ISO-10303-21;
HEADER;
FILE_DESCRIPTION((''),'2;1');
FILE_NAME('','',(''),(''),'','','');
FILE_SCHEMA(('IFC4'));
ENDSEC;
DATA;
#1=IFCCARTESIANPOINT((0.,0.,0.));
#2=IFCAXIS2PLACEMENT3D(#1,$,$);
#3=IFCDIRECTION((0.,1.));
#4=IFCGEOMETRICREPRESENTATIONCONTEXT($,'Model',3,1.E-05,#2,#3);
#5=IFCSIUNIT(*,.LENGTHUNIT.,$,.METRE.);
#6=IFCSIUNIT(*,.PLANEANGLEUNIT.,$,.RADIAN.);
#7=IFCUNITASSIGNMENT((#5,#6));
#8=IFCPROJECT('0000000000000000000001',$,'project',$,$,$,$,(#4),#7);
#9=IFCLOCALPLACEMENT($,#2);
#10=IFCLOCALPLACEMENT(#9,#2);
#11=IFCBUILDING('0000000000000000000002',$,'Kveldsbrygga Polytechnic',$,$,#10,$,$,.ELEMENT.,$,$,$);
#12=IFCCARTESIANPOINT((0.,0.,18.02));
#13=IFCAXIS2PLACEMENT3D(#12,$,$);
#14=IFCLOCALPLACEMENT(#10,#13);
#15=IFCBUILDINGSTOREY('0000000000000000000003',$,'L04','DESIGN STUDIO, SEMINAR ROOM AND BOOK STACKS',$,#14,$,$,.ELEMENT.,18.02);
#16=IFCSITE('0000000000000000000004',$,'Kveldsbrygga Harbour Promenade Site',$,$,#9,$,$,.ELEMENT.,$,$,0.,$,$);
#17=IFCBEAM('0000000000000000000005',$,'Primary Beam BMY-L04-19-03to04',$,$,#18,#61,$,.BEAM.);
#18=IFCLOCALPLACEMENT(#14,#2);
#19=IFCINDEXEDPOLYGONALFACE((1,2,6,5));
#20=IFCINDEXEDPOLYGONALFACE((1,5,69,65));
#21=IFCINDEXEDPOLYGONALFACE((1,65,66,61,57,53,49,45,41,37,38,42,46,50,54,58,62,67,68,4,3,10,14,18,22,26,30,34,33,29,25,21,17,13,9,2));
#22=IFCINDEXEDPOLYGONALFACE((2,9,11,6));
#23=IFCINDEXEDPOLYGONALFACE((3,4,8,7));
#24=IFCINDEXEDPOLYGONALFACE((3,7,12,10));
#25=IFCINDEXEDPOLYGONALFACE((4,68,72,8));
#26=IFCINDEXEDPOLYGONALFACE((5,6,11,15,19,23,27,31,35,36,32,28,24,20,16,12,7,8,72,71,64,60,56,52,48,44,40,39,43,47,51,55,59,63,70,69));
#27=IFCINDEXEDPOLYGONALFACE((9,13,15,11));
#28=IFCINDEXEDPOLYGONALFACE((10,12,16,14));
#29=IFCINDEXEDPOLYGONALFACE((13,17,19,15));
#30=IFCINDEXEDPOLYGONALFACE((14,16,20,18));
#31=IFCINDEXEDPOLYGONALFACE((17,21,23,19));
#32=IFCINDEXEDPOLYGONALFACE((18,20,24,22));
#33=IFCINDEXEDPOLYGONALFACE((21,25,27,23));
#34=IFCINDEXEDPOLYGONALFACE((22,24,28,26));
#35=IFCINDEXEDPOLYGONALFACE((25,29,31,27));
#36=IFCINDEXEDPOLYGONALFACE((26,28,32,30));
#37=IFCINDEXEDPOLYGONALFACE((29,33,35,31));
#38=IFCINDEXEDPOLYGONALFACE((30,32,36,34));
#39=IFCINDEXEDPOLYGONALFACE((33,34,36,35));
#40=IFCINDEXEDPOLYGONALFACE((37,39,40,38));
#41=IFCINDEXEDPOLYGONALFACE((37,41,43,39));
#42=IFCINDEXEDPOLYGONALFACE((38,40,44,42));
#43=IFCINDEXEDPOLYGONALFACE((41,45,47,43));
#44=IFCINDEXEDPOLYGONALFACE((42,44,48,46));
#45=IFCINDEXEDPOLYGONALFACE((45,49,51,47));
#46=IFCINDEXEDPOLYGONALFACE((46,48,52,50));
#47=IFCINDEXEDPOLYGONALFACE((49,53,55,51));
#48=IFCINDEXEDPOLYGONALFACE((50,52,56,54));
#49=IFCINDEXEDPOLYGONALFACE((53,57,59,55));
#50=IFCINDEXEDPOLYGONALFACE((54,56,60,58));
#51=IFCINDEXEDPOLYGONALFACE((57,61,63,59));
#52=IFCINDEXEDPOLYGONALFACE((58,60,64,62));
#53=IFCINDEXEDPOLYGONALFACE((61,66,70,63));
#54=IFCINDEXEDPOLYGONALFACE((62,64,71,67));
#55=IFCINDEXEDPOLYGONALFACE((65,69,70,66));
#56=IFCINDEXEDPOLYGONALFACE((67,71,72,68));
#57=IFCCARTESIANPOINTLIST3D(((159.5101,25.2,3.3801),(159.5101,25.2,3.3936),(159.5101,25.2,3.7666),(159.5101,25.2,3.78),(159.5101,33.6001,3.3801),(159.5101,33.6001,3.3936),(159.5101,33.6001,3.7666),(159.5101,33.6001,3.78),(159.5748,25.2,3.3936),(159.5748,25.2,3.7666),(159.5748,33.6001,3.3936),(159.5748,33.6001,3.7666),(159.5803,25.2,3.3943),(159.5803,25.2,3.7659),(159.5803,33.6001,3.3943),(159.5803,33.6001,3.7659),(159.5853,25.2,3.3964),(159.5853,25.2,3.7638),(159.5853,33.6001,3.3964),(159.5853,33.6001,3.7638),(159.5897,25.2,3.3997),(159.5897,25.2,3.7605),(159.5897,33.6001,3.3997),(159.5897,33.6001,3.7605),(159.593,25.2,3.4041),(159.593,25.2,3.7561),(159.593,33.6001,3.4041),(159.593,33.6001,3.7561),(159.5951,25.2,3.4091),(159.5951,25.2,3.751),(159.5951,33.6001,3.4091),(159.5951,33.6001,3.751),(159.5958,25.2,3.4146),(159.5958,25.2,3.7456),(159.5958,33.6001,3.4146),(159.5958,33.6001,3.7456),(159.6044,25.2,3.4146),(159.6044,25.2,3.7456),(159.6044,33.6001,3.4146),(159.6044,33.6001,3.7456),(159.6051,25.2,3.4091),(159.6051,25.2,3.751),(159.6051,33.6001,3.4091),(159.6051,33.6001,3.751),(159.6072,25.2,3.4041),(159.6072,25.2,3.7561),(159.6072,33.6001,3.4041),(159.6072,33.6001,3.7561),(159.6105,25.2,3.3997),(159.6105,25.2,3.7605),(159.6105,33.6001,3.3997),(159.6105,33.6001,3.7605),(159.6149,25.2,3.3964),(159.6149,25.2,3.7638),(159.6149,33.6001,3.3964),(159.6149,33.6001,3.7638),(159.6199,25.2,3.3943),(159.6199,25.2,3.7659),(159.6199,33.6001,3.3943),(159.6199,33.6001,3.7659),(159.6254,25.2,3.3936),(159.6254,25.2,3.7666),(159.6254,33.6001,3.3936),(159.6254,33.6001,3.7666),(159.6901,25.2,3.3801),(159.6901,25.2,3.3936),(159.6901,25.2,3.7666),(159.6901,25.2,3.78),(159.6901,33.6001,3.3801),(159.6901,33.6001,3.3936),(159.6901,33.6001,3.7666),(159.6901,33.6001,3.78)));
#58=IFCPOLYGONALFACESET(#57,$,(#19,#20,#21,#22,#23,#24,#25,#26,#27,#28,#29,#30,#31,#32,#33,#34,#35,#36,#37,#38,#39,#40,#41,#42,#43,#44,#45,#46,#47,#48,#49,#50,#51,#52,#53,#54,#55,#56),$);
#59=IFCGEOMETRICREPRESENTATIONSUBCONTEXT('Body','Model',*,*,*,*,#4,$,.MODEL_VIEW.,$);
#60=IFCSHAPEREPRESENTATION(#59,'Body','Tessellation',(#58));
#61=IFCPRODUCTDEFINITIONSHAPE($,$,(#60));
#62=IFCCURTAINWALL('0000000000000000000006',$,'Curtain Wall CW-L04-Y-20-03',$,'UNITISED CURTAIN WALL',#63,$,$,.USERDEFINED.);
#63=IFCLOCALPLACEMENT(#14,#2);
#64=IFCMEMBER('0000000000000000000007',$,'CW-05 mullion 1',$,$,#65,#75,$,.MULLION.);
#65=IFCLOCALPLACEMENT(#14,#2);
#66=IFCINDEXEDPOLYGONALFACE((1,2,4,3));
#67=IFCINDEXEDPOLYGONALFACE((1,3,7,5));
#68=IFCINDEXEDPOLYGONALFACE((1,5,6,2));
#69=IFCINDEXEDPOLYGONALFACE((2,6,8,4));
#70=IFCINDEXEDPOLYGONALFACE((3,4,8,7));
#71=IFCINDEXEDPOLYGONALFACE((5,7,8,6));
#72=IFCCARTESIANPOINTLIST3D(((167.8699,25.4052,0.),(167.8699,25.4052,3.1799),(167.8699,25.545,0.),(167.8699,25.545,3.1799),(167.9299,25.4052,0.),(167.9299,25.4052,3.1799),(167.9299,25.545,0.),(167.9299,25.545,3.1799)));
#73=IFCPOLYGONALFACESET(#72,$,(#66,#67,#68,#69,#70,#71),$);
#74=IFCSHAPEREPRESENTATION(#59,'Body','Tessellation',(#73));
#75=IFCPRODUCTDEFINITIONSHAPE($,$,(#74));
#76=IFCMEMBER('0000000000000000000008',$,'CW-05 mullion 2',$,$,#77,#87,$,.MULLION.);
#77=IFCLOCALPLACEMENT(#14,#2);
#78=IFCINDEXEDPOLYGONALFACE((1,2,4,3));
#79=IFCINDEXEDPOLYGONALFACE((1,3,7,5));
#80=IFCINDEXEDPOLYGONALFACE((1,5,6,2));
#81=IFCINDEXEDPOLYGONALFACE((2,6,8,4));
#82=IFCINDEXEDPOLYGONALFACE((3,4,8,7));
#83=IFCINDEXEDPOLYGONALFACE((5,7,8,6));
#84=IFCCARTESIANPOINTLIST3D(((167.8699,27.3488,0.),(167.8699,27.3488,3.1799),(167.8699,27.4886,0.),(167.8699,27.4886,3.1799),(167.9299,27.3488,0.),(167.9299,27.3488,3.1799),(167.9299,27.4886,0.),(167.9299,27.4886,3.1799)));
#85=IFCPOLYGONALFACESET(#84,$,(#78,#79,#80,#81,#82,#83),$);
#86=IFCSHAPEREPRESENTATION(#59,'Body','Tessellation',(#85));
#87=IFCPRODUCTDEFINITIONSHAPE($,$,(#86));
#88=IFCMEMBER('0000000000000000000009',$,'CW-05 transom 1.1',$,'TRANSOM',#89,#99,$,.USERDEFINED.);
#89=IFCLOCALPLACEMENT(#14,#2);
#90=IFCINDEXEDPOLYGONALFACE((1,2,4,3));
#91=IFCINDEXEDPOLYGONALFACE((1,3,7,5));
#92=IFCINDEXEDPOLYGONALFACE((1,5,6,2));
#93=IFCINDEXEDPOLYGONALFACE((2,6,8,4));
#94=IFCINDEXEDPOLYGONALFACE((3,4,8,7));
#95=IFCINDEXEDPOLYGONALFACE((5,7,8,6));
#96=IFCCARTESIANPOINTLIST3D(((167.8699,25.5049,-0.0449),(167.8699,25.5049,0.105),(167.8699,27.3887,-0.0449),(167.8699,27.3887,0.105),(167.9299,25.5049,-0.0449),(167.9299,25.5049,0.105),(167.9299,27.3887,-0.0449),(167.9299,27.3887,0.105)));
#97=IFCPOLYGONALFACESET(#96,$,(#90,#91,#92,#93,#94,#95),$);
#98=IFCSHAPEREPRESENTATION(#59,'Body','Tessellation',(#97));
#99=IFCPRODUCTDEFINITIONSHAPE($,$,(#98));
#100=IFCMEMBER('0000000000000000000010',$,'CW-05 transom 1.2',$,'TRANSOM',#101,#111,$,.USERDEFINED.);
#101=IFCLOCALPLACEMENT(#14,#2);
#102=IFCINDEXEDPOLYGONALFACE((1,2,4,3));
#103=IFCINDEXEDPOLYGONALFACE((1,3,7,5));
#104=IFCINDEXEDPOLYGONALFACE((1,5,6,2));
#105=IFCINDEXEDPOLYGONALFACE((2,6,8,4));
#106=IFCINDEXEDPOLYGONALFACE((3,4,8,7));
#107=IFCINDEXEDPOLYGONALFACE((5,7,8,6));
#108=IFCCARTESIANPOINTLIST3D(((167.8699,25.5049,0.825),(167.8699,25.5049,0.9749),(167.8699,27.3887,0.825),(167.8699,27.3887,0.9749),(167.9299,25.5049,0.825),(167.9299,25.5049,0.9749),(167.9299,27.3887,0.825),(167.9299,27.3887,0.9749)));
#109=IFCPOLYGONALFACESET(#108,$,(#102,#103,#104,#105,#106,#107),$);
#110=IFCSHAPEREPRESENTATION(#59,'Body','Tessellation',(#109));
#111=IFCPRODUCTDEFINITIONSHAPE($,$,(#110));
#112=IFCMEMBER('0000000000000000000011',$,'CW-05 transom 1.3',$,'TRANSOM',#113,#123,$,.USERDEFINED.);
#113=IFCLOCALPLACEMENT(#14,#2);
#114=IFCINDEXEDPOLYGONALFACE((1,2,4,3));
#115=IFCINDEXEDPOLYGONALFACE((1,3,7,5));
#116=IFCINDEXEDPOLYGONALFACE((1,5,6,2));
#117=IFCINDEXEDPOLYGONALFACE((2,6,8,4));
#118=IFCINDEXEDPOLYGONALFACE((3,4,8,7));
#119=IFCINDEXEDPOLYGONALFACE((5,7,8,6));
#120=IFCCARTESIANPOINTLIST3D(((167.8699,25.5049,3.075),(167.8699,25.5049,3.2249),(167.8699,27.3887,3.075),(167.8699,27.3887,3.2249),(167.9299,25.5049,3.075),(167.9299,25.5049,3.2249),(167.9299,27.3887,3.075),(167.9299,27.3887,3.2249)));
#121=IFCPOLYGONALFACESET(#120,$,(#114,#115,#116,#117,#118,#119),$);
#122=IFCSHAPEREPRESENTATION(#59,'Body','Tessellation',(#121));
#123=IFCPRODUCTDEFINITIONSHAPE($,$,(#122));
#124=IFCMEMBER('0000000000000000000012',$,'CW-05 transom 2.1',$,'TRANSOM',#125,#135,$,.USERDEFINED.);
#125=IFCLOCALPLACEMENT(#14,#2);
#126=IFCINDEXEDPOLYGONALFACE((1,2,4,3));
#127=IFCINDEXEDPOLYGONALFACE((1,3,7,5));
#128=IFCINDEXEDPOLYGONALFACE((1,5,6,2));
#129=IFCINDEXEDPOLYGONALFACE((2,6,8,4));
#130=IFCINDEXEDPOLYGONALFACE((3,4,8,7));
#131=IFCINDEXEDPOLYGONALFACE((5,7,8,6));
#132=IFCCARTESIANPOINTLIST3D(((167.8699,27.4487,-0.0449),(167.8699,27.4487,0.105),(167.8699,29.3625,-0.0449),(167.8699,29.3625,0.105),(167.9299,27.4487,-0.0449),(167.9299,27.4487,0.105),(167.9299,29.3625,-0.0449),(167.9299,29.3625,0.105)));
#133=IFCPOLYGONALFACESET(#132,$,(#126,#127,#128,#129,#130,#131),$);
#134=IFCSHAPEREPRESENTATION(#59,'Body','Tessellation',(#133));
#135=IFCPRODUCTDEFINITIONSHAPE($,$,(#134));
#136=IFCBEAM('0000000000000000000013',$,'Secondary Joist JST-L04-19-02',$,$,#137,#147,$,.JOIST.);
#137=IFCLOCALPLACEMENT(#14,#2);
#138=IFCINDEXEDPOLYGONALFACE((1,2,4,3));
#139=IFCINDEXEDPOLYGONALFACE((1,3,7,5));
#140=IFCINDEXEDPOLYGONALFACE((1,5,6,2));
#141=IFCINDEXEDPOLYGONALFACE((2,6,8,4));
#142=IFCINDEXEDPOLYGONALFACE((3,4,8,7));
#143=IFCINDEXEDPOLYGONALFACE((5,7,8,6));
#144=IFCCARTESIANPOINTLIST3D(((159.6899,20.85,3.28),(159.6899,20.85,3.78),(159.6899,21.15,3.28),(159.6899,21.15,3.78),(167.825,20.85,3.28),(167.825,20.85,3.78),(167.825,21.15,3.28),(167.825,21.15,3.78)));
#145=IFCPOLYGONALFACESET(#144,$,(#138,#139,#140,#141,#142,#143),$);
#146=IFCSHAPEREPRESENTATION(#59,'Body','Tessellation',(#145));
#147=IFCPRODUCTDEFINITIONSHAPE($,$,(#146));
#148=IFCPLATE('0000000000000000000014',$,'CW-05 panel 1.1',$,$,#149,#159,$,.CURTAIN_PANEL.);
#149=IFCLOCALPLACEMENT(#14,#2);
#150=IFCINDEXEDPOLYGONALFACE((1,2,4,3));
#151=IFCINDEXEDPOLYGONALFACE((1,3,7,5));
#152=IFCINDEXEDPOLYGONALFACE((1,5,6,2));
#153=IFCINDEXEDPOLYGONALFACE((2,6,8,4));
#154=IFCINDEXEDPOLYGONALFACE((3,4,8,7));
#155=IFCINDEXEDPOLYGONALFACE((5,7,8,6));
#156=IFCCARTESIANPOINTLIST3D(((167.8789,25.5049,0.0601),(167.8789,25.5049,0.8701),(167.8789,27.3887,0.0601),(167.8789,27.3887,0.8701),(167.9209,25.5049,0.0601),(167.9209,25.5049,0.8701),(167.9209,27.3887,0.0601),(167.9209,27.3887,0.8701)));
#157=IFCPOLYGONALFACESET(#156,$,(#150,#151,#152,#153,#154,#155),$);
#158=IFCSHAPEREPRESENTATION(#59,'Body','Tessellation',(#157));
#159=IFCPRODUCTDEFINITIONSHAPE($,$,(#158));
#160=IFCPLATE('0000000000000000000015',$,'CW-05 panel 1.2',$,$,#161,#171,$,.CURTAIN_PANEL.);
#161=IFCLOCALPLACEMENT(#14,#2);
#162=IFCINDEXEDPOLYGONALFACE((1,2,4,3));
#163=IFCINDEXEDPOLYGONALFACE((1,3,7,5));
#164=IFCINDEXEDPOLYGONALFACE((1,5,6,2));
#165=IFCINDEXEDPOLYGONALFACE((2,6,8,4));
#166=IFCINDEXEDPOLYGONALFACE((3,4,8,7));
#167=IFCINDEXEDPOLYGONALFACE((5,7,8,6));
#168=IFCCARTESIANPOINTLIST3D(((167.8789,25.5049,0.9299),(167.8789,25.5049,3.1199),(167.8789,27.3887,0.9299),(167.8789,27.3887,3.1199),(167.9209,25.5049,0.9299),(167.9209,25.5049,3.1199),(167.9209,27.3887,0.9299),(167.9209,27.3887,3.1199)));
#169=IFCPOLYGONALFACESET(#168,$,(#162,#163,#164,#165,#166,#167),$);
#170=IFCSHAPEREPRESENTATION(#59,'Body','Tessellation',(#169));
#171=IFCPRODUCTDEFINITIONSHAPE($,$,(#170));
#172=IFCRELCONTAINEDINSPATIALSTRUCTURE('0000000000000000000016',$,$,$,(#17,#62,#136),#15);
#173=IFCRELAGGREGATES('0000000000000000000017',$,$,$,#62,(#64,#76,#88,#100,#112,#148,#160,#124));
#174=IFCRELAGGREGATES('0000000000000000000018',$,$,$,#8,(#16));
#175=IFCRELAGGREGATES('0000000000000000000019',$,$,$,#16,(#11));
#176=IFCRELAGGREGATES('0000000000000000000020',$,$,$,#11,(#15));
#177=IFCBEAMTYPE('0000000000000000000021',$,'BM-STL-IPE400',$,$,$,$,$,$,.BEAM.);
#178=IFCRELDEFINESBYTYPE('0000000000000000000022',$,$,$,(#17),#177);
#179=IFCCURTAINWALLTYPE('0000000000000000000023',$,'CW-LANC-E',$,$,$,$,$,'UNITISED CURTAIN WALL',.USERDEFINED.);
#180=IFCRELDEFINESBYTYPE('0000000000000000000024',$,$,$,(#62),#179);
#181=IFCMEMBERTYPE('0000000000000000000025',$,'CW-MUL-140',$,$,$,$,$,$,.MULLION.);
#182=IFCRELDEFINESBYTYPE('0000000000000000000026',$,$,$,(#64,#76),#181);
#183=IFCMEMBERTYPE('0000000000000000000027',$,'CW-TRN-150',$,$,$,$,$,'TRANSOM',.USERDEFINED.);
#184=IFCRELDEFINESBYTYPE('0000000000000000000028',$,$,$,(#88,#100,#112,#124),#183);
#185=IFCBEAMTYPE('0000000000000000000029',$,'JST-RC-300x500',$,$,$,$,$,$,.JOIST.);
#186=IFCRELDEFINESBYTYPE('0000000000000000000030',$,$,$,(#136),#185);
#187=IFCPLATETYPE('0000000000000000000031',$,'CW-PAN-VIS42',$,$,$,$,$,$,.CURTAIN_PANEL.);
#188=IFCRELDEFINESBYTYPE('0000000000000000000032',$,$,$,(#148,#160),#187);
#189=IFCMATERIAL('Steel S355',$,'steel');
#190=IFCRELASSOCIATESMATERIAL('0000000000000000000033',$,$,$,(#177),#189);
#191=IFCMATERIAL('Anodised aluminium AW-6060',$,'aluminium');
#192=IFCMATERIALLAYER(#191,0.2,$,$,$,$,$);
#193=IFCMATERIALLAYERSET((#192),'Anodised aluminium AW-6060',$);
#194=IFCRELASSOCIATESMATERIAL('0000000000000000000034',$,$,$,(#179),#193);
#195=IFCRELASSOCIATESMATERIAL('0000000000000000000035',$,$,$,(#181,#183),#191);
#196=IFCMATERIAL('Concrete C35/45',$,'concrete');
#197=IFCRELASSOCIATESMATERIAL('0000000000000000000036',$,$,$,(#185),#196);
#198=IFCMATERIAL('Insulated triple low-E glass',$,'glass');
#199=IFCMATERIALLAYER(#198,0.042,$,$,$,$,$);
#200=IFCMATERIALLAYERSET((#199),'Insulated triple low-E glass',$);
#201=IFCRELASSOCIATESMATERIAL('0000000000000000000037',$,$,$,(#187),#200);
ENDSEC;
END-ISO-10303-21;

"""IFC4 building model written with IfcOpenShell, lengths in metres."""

from ifc_helpers import new_model, si_unit, direction, frame, origin, origin_2d, place, context, subcontext, project, spatial, rectangle, i_section, extrude, material, layer, layer_set, material_profile, profile_set, type_object, element, aggregate, save


model = new_model("IFC4")

# Units and contexts
model_context = context("Model", 3, precision=1e-05, world=origin(), true_north=direction((0.0, 1.0)))
body_context = subcontext(model_context, "Body", "Model", "MODEL_VIEW")
ifc_project = project(units=[si_unit("LENGTHUNIT", "METRE"), si_unit("PLANEANGLEUNIT", "RADIAN")], contexts=[model_context])

# Site, building, storey
site_placement = place(None, origin())
site = spatial("IfcSite", under=ifc_project, at=site_placement, Name="Kveldsbrygga Harbour Promenade Site", CompositionType="ELEMENT", RefElevation=0.0)
building_placement = place(site_placement, origin())
building = spatial("IfcBuilding", under=site, at=building_placement, Name="Kveldsbrygga Polytechnic", CompositionType="ELEMENT")
storey_placement = place(building_placement, frame((0.0, 0.0, 18.02)))
storey = spatial("IfcBuildingStorey", under=building, at=storey_placement, Name="L04", Description="DESIGN STUDIO, SEMINAR ROOM AND BOOK STACKS", CompositionType="ELEMENT", Elevation=18.02)

# Beam
ifc_material_1 = material(Name="Concrete C35/45", Category="concrete")
ifc_material_2 = material(Name="Steel S355", Category="steel")
ifc_material_profile_1 = material_profile(ifc_material_2, i_section(OverallWidth=0.1799, OverallDepth=0.3999, WebThickness=0.0085, FlangeThickness=0.0134, FilletRadius=0.021, at=origin_2d()), Name="IPE 400")
ifc_profile_set_1 = profile_set([ifc_material_profile_1], Name="Steel S355")
beam_type_1 = type_object("IfcBeamType", Name="BM-STL-IPE400", PredefinedType="BEAM", material=ifc_profile_set_1)
beam_1_placement = place(storey_placement, frame((159.6001, 25.2, 3.5801), z_axis=(0.0, 1.0, 0.0), x_axis=(-1.0, 0.0, 0.0)))
element("IfcBeam", 1, at=beam_1_placement, inside=storey, type_object=beam_type_1, Name="Primary Beam BMY-L04-19-03to04", PredefinedType="BEAM", context=body_context, shape_type="SweptSolid", body=[
    extrude(i_section(OverallWidth=0.1799, OverallDepth=0.3999, WebThickness=0.0085, FlangeThickness=0.0134, FilletRadius=0.021, at=origin_2d()), origin(), (0.0, 0.0, 1.0), 8.4001),
])

# Curtain wall, members
ifc_material_3 = material(Name="Anodised aluminium AW-6060", Category="aluminium")
ifc_layer_1 = layer(ifc_material_3, 0.2)
ifc_layer_set_1 = layer_set([ifc_layer_1], Name="Anodised aluminium AW-6060")
curtain_wall_type = type_object("IfcCurtainWallType", Name="CW-LANC-E", ElementType="UNITISED CURTAIN WALL", PredefinedType="USERDEFINED", material=ifc_layer_set_1)
curtain_wall_placement = place(storey_placement, origin())
curtain_wall = element("IfcCurtainWall", 2, at=curtain_wall_placement, inside=storey, type_object=curtain_wall_type, Name="Curtain Wall CW-L04-Y-20-03", ObjectType="UNITISED CURTAIN WALL", PredefinedType="USERDEFINED")
ifc_material_profile_2 = material_profile(ifc_material_3, rectangle(XDim=0.0601, YDim=0.1399, at=origin_2d()), Name="ALU 60x140")
ifc_profile_set_2 = profile_set([ifc_material_profile_2], Name="Anodised aluminium AW-6060")
member_type_1 = type_object("IfcMemberType", Name="CW-MUL-140", PredefinedType="MULLION", material=ifc_profile_set_2)
member_1_placement = place(storey_placement, frame((167.8999, 25.4751, 0.0), z_axis=(0.0, 0.0, 1.0), x_axis=(-1.0, 0.0, 0.0)))
member_1 = element("IfcMember", 3, at=member_1_placement, type_object=member_type_1, Name="CW-05 mullion 1", PredefinedType="MULLION", context=body_context, shape_type="SweptSolid", body=[
    extrude(rectangle(XDim=0.0601, YDim=0.1399, at=origin_2d()), origin(), (0.0, 0.0, 1.0), 3.1799),
])
member_2_placement = place(storey_placement, frame((167.8999, 27.4187, 0.0), z_axis=(0.0, 0.0, 1.0), x_axis=(-1.0, 0.0, 0.0)))
member_2 = element("IfcMember", 4, at=member_2_placement, type_object=member_type_1, Name="CW-05 mullion 2", PredefinedType="MULLION", context=body_context, shape_type="SweptSolid", body=[
    extrude(rectangle(XDim=0.0601, YDim=0.1399, at=origin_2d()), origin(), (0.0, 0.0, 1.0), 3.1799),
])
ifc_material_profile_3 = material_profile(ifc_material_3, rectangle(XDim=0.0601, YDim=0.1499, at=origin_2d()), Name="ALU 60x150")
ifc_profile_set_3 = profile_set([ifc_material_profile_3], Name="Anodised aluminium AW-6060")
member_type_2 = type_object("IfcMemberType", Name="CW-TRN-150", ElementType="TRANSOM", PredefinedType="USERDEFINED", material=ifc_profile_set_3)
member_3_placement = place(storey_placement, frame((167.8999, 25.5049, 0.03), z_axis=(0.0, 1.0, 0.0), x_axis=(-1.0, 0.0, 0.0)))
member_3 = element("IfcMember", 5, at=member_3_placement, type_object=member_type_2, Name="CW-05 transom 1.1", ObjectType="TRANSOM", PredefinedType="USERDEFINED", context=body_context, shape_type="SweptSolid", body=[
    extrude(rectangle(XDim=0.0601, YDim=0.1499, at=origin_2d()), origin(), (0.0, 0.0, 1.0), 1.8838),
])
member_4_placement = place(storey_placement, frame((167.8999, 25.5049, 0.8999), z_axis=(0.0, 1.0, 0.0), x_axis=(-1.0, 0.0, 0.0)))
member_4 = element("IfcMember", 6, at=member_4_placement, type_object=member_type_2, Name="CW-05 transom 1.2", ObjectType="TRANSOM", PredefinedType="USERDEFINED", context=body_context, shape_type="SweptSolid", body=[
    extrude(rectangle(XDim=0.0601, YDim=0.1499, at=origin_2d()), origin(), (0.0, 0.0, 1.0), 1.8838),
])
member_5_placement = place(storey_placement, frame((167.8999, 25.5049, 3.1499), z_axis=(0.0, 1.0, 0.0), x_axis=(-1.0, 0.0, 0.0)))
member_5 = element("IfcMember", 7, at=member_5_placement, type_object=member_type_2, Name="CW-05 transom 1.3", ObjectType="TRANSOM", PredefinedType="USERDEFINED", context=body_context, shape_type="SweptSolid", body=[
    extrude(rectangle(XDim=0.0601, YDim=0.1499, at=origin_2d()), origin(), (0.0, 0.0, 1.0), 1.8838),
])
member_6_placement = place(storey_placement, frame((167.8999, 27.4487, 0.03), z_axis=(0.0, 1.0, 0.0), x_axis=(-1.0, 0.0, 0.0)))
member_6 = element("IfcMember", 8, at=member_6_placement, type_object=member_type_2, Name="CW-05 transom 2.1", ObjectType="TRANSOM", PredefinedType="USERDEFINED", context=body_context, shape_type="SweptSolid", body=[
    extrude(rectangle(XDim=0.0601, YDim=0.1499, at=origin_2d()), origin(), (0.0, 0.0, 1.0), 1.9138),
])

# Beam
ifc_material_profile_4 = material_profile(ifc_material_1, rectangle(XDim=0.3, YDim=0.5, at=origin_2d()), Name="RC 300x500")
ifc_profile_set_4 = profile_set([ifc_material_profile_4], Name="Concrete C35/45")
beam_type_2 = type_object("IfcBeamType", Name="JST-RC-300x500", PredefinedType="JOIST", material=ifc_profile_set_4)
beam_2_placement = place(storey_placement, frame((159.6899, 21.0, 3.53), z_axis=(1.0, 0.0, 0.0), x_axis=(0.0, 1.0, 0.0)))
element("IfcBeam", 9, at=beam_2_placement, inside=storey, type_object=beam_type_2, Name="Secondary Joist JST-L04-19-02", PredefinedType="JOIST", context=body_context, shape_type="SweptSolid", body=[
    extrude(rectangle(XDim=0.3, YDim=0.5, at=origin_2d()), origin(), (0.0, 0.0, 1.0), 8.135),
])

# Plates
ifc_material_4 = material(Name="Insulated triple low-E glass", Category="glass")
ifc_layer_2 = layer(ifc_material_4, 0.042)
ifc_layer_set_2 = layer_set([ifc_layer_2], Name="Insulated triple low-E glass")
plate_type = type_object("IfcPlateType", Name="CW-PAN-VIS42", PredefinedType="CURTAIN_PANEL", material=ifc_layer_set_2)
plate_1_placement = place(storey_placement, frame((167.8999, 26.4468, 0.0601), z_axis=(0.0, 0.0, 1.0), x_axis=(0.0, 1.0, 0.0)))
plate_1 = element("IfcPlate", 10, at=plate_1_placement, type_object=plate_type, Name="CW-05 panel 1.1", PredefinedType="CURTAIN_PANEL", context=body_context, shape_type="SweptSolid", body=[
    extrude(rectangle(XDim=1.8838, YDim=0.042, at=origin_2d()), origin(), (0.0, 0.0, 1.0), 0.8101),
])
plate_2_placement = place(storey_placement, frame((167.8999, 26.4468, 0.9299), z_axis=(0.0, 0.0, 1.0), x_axis=(0.0, 1.0, 0.0)))
plate_2 = element("IfcPlate", 11, at=plate_2_placement, type_object=plate_type, Name="CW-05 panel 1.2", PredefinedType="CURTAIN_PANEL", context=body_context, shape_type="SweptSolid", body=[
    extrude(rectangle(XDim=1.8838, YDim=0.042, at=origin_2d()), origin(), (0.0, 0.0, 1.0), 2.1899),
])
aggregate(curtain_wall, [member_1, member_2, member_3, member_4, member_5, plate_1, plate_2, member_6])

save(model, "model.ifc")
